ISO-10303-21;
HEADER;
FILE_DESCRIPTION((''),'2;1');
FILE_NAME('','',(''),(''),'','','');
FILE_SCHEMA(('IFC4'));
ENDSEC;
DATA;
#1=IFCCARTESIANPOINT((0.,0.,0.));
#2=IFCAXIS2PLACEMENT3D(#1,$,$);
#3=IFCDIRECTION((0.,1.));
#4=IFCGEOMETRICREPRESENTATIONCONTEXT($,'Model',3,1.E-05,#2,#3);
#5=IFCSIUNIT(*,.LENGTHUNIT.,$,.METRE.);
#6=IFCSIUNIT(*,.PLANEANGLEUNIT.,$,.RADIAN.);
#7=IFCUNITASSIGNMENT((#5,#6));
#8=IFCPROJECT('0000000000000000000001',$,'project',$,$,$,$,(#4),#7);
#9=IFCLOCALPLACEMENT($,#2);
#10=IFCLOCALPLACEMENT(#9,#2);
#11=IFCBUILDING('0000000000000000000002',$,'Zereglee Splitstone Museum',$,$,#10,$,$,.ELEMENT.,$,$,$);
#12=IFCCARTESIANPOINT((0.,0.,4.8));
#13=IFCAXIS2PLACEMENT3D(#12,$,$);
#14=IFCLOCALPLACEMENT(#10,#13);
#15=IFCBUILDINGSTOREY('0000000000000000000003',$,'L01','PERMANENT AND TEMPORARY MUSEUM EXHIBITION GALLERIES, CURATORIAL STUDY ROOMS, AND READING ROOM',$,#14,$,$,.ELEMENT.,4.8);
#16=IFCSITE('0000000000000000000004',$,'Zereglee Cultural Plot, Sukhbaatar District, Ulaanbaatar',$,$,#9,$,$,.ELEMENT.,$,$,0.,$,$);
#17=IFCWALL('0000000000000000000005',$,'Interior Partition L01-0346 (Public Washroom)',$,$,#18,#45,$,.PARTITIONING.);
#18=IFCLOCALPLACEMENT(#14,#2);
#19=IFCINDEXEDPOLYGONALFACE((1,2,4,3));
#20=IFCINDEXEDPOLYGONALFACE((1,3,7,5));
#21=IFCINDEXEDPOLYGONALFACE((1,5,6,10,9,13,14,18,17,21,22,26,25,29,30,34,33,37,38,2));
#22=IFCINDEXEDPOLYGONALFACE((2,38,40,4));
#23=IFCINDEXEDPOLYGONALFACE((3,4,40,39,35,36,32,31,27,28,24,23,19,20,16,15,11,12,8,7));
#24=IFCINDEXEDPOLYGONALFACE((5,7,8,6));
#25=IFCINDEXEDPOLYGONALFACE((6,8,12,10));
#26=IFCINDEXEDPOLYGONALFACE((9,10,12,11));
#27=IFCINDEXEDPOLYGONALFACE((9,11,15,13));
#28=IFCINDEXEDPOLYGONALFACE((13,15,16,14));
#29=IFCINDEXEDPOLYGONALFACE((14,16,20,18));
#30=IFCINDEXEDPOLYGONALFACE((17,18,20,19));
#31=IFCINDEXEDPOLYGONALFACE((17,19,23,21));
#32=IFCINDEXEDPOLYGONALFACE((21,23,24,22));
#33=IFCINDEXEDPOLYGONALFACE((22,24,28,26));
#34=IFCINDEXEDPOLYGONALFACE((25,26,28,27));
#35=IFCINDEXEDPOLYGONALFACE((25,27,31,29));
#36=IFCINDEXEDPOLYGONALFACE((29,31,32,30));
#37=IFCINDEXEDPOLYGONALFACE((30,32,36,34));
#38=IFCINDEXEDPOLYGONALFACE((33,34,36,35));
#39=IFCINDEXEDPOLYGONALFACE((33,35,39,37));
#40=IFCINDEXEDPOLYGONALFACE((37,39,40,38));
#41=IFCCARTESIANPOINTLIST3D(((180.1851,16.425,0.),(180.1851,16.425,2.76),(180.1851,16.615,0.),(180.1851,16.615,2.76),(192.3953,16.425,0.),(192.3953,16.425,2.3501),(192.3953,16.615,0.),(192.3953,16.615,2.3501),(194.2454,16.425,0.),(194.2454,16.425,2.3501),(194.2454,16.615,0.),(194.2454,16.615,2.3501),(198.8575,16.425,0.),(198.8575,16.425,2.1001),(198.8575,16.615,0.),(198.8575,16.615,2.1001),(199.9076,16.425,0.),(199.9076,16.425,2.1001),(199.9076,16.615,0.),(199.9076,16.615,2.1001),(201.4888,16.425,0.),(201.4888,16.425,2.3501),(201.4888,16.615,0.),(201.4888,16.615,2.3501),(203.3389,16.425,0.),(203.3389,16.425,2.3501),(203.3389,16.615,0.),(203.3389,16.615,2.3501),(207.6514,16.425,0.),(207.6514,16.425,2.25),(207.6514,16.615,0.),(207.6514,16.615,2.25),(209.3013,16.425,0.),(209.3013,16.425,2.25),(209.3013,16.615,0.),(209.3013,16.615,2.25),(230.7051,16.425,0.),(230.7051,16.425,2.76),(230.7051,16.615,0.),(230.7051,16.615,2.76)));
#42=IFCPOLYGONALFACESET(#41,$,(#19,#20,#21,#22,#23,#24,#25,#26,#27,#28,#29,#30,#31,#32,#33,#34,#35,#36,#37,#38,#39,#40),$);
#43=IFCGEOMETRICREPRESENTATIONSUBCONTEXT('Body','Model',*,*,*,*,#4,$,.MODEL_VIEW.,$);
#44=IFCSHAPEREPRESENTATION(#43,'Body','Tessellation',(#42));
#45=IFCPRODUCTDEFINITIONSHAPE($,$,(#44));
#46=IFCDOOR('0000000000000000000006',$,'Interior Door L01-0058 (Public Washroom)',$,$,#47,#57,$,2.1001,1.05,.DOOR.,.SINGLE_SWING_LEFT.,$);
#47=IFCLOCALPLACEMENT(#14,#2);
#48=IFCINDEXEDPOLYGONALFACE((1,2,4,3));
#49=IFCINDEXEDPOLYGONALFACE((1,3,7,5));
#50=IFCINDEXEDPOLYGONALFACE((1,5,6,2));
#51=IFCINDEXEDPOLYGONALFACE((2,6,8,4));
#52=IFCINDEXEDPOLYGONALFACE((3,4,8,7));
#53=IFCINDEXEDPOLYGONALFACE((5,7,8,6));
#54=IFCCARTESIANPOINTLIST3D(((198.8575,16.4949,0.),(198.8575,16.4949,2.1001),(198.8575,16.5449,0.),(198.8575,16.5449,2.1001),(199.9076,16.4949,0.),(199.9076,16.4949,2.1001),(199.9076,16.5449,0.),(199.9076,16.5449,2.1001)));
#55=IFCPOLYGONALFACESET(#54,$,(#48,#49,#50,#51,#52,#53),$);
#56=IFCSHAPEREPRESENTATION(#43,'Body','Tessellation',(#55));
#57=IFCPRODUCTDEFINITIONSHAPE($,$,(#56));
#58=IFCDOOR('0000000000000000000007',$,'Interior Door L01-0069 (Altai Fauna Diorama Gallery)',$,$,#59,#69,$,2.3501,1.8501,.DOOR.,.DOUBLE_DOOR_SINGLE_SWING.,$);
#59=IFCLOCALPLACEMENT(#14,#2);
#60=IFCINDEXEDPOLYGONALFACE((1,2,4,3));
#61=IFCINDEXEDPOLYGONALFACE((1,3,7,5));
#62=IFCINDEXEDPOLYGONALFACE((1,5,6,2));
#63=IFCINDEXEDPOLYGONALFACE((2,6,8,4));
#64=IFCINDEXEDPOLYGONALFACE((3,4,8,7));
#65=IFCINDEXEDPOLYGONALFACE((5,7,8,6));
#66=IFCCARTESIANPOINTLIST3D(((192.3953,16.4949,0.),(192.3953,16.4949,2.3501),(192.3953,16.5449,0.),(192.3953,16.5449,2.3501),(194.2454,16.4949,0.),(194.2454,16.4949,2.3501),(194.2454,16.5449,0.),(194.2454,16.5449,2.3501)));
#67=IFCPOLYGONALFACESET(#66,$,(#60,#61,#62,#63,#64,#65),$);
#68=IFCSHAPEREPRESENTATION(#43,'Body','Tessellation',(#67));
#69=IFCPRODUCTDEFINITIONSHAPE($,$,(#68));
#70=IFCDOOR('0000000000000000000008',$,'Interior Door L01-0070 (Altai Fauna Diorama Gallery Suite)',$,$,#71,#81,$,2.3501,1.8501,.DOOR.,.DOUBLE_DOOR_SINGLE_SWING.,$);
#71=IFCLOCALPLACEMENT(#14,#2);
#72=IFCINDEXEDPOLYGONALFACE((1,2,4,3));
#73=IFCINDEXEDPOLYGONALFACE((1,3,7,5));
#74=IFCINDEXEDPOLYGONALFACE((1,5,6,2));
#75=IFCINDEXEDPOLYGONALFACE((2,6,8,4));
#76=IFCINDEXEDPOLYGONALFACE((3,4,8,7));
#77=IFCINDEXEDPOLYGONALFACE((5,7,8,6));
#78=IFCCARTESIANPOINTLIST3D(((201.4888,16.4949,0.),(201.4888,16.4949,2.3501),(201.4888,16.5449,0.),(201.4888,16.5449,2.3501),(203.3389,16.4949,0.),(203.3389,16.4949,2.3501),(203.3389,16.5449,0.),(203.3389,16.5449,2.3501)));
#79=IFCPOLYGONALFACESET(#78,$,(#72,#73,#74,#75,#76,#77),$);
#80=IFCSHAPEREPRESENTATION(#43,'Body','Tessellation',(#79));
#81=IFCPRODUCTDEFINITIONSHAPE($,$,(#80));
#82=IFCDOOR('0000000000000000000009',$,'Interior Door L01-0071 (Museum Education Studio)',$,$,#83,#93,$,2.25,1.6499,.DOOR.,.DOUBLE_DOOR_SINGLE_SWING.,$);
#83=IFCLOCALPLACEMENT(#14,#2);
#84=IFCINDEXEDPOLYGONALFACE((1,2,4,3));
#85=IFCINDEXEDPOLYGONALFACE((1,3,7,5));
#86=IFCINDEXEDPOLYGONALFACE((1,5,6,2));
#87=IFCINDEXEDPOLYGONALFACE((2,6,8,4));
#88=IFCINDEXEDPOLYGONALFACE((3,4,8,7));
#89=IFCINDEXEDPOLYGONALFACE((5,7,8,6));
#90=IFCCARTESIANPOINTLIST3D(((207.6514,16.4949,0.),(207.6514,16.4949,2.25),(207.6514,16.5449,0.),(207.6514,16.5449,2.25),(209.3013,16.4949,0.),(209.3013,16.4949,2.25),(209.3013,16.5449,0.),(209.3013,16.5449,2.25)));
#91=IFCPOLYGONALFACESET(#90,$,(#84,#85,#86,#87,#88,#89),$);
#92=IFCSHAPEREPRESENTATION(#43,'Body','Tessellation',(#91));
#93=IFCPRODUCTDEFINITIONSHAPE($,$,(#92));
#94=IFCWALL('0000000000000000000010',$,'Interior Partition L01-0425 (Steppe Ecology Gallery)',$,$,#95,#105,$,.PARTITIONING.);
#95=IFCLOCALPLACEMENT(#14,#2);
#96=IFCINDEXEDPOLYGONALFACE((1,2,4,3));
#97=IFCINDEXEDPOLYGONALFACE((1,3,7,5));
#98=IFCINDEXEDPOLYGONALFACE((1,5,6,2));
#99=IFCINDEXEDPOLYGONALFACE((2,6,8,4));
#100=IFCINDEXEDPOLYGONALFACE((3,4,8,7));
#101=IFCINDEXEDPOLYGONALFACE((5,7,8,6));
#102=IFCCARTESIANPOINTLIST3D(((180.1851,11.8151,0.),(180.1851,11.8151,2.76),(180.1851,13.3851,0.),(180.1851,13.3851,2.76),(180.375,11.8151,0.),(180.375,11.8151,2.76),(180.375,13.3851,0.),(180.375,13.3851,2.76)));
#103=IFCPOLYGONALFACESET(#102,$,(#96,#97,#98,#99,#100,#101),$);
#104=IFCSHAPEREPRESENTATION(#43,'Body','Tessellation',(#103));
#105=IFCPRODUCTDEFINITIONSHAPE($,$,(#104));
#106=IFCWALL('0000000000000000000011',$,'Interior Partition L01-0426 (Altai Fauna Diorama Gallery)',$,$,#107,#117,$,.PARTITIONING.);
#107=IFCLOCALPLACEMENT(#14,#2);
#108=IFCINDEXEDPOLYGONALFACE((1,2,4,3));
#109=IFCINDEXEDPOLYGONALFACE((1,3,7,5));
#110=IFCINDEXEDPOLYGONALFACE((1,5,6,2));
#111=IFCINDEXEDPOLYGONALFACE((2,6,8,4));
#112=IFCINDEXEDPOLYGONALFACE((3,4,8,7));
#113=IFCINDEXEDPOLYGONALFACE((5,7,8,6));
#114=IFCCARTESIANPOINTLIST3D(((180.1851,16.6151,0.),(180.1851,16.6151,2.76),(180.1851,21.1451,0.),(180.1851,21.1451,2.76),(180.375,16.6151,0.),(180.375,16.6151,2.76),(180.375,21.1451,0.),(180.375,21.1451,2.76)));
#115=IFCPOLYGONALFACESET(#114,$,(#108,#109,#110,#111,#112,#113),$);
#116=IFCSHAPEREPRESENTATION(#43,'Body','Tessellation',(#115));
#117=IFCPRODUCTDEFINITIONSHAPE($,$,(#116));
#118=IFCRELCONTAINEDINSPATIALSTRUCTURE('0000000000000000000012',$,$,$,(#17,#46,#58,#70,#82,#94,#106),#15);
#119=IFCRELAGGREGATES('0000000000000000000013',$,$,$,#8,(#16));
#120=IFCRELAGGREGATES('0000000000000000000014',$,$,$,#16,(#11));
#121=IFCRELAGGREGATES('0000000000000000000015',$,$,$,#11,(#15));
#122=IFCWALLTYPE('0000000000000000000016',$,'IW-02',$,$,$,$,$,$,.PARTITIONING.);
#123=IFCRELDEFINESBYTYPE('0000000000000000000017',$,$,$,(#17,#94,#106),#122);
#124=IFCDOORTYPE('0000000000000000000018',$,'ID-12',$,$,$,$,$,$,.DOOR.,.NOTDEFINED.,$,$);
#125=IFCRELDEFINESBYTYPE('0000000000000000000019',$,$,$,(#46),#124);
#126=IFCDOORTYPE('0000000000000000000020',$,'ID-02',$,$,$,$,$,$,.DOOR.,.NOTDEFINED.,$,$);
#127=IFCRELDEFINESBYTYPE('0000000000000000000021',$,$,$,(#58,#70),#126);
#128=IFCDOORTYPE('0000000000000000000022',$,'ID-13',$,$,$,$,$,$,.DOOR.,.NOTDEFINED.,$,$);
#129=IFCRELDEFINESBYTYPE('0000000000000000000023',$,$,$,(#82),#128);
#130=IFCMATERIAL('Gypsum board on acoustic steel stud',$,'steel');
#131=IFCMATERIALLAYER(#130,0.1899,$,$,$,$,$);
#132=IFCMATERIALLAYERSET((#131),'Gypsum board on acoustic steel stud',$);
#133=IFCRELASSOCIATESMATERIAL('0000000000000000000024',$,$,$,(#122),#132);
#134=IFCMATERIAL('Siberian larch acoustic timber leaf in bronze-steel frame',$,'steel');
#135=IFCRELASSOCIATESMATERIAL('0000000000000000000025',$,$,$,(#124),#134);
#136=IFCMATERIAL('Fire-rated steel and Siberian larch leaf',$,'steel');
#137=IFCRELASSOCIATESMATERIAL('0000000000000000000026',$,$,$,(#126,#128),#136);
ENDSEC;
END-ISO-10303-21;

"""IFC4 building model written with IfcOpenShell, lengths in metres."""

from ifc_helpers import new_model, si_unit, direction, frame, frame_2d, origin, place, context, subcontext, project, spatial, rectangle, extrude, material, layer, layer_set, type_object, element, fill, save


model = new_model("IFC4")

# Units and contexts
model_context = context("Model", 3, precision=1e-05, world=origin(), true_north=direction((0.0, 1.0)))
body_context = subcontext(model_context, "Body", "Model", "MODEL_VIEW")
ifc_project = project(units=[si_unit("LENGTHUNIT", "METRE"), si_unit("PLANEANGLEUNIT", "RADIAN")], contexts=[model_context])

# Site, building, storey
site_placement = place(None, origin())
site = spatial("IfcSite", under=ifc_project, at=site_placement, Name="Zereglee Cultural Plot, Sukhbaatar District, Ulaanbaatar", CompositionType="ELEMENT", RefElevation=0.0)
building_placement = place(site_placement, origin())
building = spatial("IfcBuilding", under=site, at=building_placement, Name="Zereglee Splitstone Museum", CompositionType="ELEMENT")
storey_placement = place(building_placement, frame((0.0, 0.0, 4.8)))
storey = spatial("IfcBuildingStorey", under=building, at=storey_placement, Name="L01", Description="PERMANENT AND TEMPORARY MUSEUM EXHIBITION GALLERIES, CURATORIAL STUDY ROOMS, AND READING ROOM", CompositionType="ELEMENT", Elevation=4.8)

# Shared definitions
ifc_material_1 = material(Name="Gypsum board on acoustic steel stud", Category="steel")
ifc_layer_1 = layer(ifc_material_1, 0.1899)
ifc_layer_set_1 = layer_set([ifc_layer_1], Name="Gypsum board on acoustic steel stud")
wall_type = type_object("IfcWallType", Name="IW-02", PredefinedType="PARTITIONING", material=ifc_layer_set_1)

# Wall, openings, doors
wall_1_placement = place(storey_placement, frame((180.1851, 16.52, 0.0), z_axis=(0.0, 0.0, 1.0), x_axis=(1.0, 0.0, 0.0)))
wall_1 = element("IfcWall", 1, at=wall_1_placement, inside=storey, type_object=wall_type, Name="Interior Partition L01-0346 (Public Washroom)", PredefinedType="PARTITIONING", context=body_context, shape_type="SweptSolid", body=[
    extrude(rectangle(XDim=50.52, YDim=0.1899, at=frame_2d((25.26, 0.0))), origin(), (0.0, 0.0, 1.0), 2.76),
])
opening_1_placement = place(wall_1_placement, frame((18.6726, 0.0, 0.0)))
opening_1 = element("IfcOpeningElement", 2, at=opening_1_placement, cuts=wall_1, PredefinedType="OPENING", context=body_context, shape_type="SweptSolid", body=[
    extrude(rectangle(XDim=1.05, YDim=2.1001, at=frame_2d((0.5249, 1.05))), frame((0.0, 0.1099, 0.0), z_axis=(0.0, -1.0, 0.0), x_axis=(1.0, 0.0, 0.0)), (0.0, 0.0, 1.0), 0.2197),
])
opening_2_placement = place(wall_1_placement, frame((12.2102, 0.0, 0.0)))
opening_2 = element("IfcOpeningElement", 3, at=opening_2_placement, cuts=wall_1, PredefinedType="OPENING", context=body_context, shape_type="SweptSolid", body=[
    extrude(rectangle(XDim=1.8501, YDim=2.3501, at=frame_2d((0.925, 1.175))), frame((0.0, 0.1099, 0.0), z_axis=(0.0, -1.0, 0.0), x_axis=(1.0, 0.0, 0.0)), (0.0, 0.0, 1.0), 0.2197),
])
opening_3_placement = place(wall_1_placement, frame((21.3037, 0.0, 0.0)))
opening_3 = element("IfcOpeningElement", 4, at=opening_3_placement, cuts=wall_1, PredefinedType="OPENING", context=body_context, shape_type="SweptSolid", body=[
    extrude(rectangle(XDim=1.8501, YDim=2.3501, at=frame_2d((0.925, 1.175))), frame((0.0, 0.1099, 0.0), z_axis=(0.0, -1.0, 0.0), x_axis=(1.0, 0.0, 0.0)), (0.0, 0.0, 1.0), 0.2197),
])
opening_4_placement = place(wall_1_placement, frame((27.4663, 0.0, 0.0)))
opening_4 = element("IfcOpeningElement", 5, at=opening_4_placement, cuts=wall_1, PredefinedType="OPENING", context=body_context, shape_type="SweptSolid", body=[
    extrude(rectangle(XDim=1.6499, YDim=2.25, at=frame_2d((0.825, 1.125))), frame((0.0, 0.1099, 0.0), z_axis=(0.0, -1.0, 0.0), x_axis=(1.0, 0.0, 0.0)), (0.0, 0.0, 1.0), 0.2197),
])
ifc_material_2 = material(Name="Siberian larch acoustic timber leaf in bronze-steel frame", Category="steel")
door_type_1 = type_object("IfcDoorType", Name="ID-12", OperationType="NOTDEFINED", PredefinedType="DOOR", material=ifc_material_2)
door_1_placement = place(opening_1_placement, origin())
door_1 = element("IfcDoor", 6, at=door_1_placement, inside=storey, type_object=door_type_1, Name="Interior Door L01-0058 (Public Washroom)", OperationType="SINGLE_SWING_LEFT", OverallHeight=2.1001, OverallWidth=1.05, PredefinedType="DOOR", context=body_context, shape_type="SweptSolid", body=[
    extrude(rectangle(XDim=1.05, YDim=2.1001, at=frame_2d((0.5249, 1.05))), frame((0.0, 0.0249, 0.0), z_axis=(0.0, -1.0, 0.0), x_axis=(1.0, 0.0, 0.0)), (0.0, 0.0, 1.0), 0.05),
])
fill(opening_1, door_1)
ifc_material_3 = material(Name="Fire-rated steel and Siberian larch leaf", Category="steel")
door_type_2 = type_object("IfcDoorType", Name="ID-02", OperationType="NOTDEFINED", PredefinedType="DOOR", material=ifc_material_3)
door_2_placement = place(opening_2_placement, origin())
door_2 = element("IfcDoor", 7, at=door_2_placement, inside=storey, type_object=door_type_2, Name="Interior Door L01-0069 (Altai Fauna Diorama Gallery)", OperationType="DOUBLE_DOOR_SINGLE_SWING", OverallHeight=2.3501, OverallWidth=1.8501, PredefinedType="DOOR", context=body_context, shape_type="SweptSolid", body=[
    extrude(rectangle(XDim=1.8501, YDim=2.3501, at=frame_2d((0.925, 1.175))), frame((0.0, 0.0249, 0.0), z_axis=(0.0, -1.0, 0.0), x_axis=(1.0, 0.0, 0.0)), (0.0, 0.0, 1.0), 0.05),
])
fill(opening_2, door_2)
door_3_placement = place(opening_3_placement, origin())
door_3 = element("IfcDoor", 8, at=door_3_placement, inside=storey, type_object=door_type_2, Name="Interior Door L01-0070 (Altai Fauna Diorama Gallery Suite)", OperationType="DOUBLE_DOOR_SINGLE_SWING", OverallHeight=2.3501, OverallWidth=1.8501, PredefinedType="DOOR", context=body_context, shape_type="SweptSolid", body=[
    extrude(rectangle(XDim=1.8501, YDim=2.3501, at=frame_2d((0.925, 1.175))), frame((0.0, 0.0249, 0.0), z_axis=(0.0, -1.0, 0.0), x_axis=(1.0, 0.0, 0.0)), (0.0, 0.0, 1.0), 0.05),
])
fill(opening_3, door_3)
door_type_3 = type_object("IfcDoorType", Name="ID-13", OperationType="NOTDEFINED", PredefinedType="DOOR", material=ifc_material_3)
door_4_placement = place(opening_4_placement, origin())
door_4 = element("IfcDoor", 9, at=door_4_placement, inside=storey, type_object=door_type_3, Name="Interior Door L01-0071 (Museum Education Studio)", OperationType="DOUBLE_DOOR_SINGLE_SWING", OverallHeight=2.25, OverallWidth=1.6499, PredefinedType="DOOR", context=body_context, shape_type="SweptSolid", body=[
    extrude(rectangle(XDim=1.6499, YDim=2.25, at=frame_2d((0.825, 1.125))), frame((0.0, 0.0249, 0.0), z_axis=(0.0, -1.0, 0.0), x_axis=(1.0, 0.0, 0.0)), (0.0, 0.0, 1.0), 0.05),
])
fill(opening_4, door_4)

# Walls
wall_2_placement = place(storey_placement, frame((180.28, 11.8149, 0.0), z_axis=(0.0, 0.0, 1.0), x_axis=(0.0, 1.0, 0.0)))
element("IfcWall", 10, at=wall_2_placement, inside=storey, type_object=wall_type, Name="Interior Partition L01-0425 (Steppe Ecology Gallery)", PredefinedType="PARTITIONING", context=body_context, shape_type="SweptSolid", body=[
    extrude(rectangle(XDim=1.5701, YDim=0.1899, at=frame_2d((0.7852, 0.0))), origin(), (0.0, 0.0, 1.0), 2.76),
])
wall_3_placement = place(storey_placement, frame((180.28, 16.615, 0.0), z_axis=(0.0, 0.0, 1.0), x_axis=(0.0, 1.0, 0.0)))
element("IfcWall", 11, at=wall_3_placement, inside=storey, type_object=wall_type, Name="Interior Partition L01-0426 (Altai Fauna Diorama Gallery)", PredefinedType="PARTITIONING", context=body_context, shape_type="SweptSolid", body=[
    extrude(rectangle(XDim=4.53, YDim=0.1899, at=frame_2d((2.2651, 0.0))), origin(), (0.0, 0.0, 1.0), 2.76),
])

save(model, "model.ifc")
